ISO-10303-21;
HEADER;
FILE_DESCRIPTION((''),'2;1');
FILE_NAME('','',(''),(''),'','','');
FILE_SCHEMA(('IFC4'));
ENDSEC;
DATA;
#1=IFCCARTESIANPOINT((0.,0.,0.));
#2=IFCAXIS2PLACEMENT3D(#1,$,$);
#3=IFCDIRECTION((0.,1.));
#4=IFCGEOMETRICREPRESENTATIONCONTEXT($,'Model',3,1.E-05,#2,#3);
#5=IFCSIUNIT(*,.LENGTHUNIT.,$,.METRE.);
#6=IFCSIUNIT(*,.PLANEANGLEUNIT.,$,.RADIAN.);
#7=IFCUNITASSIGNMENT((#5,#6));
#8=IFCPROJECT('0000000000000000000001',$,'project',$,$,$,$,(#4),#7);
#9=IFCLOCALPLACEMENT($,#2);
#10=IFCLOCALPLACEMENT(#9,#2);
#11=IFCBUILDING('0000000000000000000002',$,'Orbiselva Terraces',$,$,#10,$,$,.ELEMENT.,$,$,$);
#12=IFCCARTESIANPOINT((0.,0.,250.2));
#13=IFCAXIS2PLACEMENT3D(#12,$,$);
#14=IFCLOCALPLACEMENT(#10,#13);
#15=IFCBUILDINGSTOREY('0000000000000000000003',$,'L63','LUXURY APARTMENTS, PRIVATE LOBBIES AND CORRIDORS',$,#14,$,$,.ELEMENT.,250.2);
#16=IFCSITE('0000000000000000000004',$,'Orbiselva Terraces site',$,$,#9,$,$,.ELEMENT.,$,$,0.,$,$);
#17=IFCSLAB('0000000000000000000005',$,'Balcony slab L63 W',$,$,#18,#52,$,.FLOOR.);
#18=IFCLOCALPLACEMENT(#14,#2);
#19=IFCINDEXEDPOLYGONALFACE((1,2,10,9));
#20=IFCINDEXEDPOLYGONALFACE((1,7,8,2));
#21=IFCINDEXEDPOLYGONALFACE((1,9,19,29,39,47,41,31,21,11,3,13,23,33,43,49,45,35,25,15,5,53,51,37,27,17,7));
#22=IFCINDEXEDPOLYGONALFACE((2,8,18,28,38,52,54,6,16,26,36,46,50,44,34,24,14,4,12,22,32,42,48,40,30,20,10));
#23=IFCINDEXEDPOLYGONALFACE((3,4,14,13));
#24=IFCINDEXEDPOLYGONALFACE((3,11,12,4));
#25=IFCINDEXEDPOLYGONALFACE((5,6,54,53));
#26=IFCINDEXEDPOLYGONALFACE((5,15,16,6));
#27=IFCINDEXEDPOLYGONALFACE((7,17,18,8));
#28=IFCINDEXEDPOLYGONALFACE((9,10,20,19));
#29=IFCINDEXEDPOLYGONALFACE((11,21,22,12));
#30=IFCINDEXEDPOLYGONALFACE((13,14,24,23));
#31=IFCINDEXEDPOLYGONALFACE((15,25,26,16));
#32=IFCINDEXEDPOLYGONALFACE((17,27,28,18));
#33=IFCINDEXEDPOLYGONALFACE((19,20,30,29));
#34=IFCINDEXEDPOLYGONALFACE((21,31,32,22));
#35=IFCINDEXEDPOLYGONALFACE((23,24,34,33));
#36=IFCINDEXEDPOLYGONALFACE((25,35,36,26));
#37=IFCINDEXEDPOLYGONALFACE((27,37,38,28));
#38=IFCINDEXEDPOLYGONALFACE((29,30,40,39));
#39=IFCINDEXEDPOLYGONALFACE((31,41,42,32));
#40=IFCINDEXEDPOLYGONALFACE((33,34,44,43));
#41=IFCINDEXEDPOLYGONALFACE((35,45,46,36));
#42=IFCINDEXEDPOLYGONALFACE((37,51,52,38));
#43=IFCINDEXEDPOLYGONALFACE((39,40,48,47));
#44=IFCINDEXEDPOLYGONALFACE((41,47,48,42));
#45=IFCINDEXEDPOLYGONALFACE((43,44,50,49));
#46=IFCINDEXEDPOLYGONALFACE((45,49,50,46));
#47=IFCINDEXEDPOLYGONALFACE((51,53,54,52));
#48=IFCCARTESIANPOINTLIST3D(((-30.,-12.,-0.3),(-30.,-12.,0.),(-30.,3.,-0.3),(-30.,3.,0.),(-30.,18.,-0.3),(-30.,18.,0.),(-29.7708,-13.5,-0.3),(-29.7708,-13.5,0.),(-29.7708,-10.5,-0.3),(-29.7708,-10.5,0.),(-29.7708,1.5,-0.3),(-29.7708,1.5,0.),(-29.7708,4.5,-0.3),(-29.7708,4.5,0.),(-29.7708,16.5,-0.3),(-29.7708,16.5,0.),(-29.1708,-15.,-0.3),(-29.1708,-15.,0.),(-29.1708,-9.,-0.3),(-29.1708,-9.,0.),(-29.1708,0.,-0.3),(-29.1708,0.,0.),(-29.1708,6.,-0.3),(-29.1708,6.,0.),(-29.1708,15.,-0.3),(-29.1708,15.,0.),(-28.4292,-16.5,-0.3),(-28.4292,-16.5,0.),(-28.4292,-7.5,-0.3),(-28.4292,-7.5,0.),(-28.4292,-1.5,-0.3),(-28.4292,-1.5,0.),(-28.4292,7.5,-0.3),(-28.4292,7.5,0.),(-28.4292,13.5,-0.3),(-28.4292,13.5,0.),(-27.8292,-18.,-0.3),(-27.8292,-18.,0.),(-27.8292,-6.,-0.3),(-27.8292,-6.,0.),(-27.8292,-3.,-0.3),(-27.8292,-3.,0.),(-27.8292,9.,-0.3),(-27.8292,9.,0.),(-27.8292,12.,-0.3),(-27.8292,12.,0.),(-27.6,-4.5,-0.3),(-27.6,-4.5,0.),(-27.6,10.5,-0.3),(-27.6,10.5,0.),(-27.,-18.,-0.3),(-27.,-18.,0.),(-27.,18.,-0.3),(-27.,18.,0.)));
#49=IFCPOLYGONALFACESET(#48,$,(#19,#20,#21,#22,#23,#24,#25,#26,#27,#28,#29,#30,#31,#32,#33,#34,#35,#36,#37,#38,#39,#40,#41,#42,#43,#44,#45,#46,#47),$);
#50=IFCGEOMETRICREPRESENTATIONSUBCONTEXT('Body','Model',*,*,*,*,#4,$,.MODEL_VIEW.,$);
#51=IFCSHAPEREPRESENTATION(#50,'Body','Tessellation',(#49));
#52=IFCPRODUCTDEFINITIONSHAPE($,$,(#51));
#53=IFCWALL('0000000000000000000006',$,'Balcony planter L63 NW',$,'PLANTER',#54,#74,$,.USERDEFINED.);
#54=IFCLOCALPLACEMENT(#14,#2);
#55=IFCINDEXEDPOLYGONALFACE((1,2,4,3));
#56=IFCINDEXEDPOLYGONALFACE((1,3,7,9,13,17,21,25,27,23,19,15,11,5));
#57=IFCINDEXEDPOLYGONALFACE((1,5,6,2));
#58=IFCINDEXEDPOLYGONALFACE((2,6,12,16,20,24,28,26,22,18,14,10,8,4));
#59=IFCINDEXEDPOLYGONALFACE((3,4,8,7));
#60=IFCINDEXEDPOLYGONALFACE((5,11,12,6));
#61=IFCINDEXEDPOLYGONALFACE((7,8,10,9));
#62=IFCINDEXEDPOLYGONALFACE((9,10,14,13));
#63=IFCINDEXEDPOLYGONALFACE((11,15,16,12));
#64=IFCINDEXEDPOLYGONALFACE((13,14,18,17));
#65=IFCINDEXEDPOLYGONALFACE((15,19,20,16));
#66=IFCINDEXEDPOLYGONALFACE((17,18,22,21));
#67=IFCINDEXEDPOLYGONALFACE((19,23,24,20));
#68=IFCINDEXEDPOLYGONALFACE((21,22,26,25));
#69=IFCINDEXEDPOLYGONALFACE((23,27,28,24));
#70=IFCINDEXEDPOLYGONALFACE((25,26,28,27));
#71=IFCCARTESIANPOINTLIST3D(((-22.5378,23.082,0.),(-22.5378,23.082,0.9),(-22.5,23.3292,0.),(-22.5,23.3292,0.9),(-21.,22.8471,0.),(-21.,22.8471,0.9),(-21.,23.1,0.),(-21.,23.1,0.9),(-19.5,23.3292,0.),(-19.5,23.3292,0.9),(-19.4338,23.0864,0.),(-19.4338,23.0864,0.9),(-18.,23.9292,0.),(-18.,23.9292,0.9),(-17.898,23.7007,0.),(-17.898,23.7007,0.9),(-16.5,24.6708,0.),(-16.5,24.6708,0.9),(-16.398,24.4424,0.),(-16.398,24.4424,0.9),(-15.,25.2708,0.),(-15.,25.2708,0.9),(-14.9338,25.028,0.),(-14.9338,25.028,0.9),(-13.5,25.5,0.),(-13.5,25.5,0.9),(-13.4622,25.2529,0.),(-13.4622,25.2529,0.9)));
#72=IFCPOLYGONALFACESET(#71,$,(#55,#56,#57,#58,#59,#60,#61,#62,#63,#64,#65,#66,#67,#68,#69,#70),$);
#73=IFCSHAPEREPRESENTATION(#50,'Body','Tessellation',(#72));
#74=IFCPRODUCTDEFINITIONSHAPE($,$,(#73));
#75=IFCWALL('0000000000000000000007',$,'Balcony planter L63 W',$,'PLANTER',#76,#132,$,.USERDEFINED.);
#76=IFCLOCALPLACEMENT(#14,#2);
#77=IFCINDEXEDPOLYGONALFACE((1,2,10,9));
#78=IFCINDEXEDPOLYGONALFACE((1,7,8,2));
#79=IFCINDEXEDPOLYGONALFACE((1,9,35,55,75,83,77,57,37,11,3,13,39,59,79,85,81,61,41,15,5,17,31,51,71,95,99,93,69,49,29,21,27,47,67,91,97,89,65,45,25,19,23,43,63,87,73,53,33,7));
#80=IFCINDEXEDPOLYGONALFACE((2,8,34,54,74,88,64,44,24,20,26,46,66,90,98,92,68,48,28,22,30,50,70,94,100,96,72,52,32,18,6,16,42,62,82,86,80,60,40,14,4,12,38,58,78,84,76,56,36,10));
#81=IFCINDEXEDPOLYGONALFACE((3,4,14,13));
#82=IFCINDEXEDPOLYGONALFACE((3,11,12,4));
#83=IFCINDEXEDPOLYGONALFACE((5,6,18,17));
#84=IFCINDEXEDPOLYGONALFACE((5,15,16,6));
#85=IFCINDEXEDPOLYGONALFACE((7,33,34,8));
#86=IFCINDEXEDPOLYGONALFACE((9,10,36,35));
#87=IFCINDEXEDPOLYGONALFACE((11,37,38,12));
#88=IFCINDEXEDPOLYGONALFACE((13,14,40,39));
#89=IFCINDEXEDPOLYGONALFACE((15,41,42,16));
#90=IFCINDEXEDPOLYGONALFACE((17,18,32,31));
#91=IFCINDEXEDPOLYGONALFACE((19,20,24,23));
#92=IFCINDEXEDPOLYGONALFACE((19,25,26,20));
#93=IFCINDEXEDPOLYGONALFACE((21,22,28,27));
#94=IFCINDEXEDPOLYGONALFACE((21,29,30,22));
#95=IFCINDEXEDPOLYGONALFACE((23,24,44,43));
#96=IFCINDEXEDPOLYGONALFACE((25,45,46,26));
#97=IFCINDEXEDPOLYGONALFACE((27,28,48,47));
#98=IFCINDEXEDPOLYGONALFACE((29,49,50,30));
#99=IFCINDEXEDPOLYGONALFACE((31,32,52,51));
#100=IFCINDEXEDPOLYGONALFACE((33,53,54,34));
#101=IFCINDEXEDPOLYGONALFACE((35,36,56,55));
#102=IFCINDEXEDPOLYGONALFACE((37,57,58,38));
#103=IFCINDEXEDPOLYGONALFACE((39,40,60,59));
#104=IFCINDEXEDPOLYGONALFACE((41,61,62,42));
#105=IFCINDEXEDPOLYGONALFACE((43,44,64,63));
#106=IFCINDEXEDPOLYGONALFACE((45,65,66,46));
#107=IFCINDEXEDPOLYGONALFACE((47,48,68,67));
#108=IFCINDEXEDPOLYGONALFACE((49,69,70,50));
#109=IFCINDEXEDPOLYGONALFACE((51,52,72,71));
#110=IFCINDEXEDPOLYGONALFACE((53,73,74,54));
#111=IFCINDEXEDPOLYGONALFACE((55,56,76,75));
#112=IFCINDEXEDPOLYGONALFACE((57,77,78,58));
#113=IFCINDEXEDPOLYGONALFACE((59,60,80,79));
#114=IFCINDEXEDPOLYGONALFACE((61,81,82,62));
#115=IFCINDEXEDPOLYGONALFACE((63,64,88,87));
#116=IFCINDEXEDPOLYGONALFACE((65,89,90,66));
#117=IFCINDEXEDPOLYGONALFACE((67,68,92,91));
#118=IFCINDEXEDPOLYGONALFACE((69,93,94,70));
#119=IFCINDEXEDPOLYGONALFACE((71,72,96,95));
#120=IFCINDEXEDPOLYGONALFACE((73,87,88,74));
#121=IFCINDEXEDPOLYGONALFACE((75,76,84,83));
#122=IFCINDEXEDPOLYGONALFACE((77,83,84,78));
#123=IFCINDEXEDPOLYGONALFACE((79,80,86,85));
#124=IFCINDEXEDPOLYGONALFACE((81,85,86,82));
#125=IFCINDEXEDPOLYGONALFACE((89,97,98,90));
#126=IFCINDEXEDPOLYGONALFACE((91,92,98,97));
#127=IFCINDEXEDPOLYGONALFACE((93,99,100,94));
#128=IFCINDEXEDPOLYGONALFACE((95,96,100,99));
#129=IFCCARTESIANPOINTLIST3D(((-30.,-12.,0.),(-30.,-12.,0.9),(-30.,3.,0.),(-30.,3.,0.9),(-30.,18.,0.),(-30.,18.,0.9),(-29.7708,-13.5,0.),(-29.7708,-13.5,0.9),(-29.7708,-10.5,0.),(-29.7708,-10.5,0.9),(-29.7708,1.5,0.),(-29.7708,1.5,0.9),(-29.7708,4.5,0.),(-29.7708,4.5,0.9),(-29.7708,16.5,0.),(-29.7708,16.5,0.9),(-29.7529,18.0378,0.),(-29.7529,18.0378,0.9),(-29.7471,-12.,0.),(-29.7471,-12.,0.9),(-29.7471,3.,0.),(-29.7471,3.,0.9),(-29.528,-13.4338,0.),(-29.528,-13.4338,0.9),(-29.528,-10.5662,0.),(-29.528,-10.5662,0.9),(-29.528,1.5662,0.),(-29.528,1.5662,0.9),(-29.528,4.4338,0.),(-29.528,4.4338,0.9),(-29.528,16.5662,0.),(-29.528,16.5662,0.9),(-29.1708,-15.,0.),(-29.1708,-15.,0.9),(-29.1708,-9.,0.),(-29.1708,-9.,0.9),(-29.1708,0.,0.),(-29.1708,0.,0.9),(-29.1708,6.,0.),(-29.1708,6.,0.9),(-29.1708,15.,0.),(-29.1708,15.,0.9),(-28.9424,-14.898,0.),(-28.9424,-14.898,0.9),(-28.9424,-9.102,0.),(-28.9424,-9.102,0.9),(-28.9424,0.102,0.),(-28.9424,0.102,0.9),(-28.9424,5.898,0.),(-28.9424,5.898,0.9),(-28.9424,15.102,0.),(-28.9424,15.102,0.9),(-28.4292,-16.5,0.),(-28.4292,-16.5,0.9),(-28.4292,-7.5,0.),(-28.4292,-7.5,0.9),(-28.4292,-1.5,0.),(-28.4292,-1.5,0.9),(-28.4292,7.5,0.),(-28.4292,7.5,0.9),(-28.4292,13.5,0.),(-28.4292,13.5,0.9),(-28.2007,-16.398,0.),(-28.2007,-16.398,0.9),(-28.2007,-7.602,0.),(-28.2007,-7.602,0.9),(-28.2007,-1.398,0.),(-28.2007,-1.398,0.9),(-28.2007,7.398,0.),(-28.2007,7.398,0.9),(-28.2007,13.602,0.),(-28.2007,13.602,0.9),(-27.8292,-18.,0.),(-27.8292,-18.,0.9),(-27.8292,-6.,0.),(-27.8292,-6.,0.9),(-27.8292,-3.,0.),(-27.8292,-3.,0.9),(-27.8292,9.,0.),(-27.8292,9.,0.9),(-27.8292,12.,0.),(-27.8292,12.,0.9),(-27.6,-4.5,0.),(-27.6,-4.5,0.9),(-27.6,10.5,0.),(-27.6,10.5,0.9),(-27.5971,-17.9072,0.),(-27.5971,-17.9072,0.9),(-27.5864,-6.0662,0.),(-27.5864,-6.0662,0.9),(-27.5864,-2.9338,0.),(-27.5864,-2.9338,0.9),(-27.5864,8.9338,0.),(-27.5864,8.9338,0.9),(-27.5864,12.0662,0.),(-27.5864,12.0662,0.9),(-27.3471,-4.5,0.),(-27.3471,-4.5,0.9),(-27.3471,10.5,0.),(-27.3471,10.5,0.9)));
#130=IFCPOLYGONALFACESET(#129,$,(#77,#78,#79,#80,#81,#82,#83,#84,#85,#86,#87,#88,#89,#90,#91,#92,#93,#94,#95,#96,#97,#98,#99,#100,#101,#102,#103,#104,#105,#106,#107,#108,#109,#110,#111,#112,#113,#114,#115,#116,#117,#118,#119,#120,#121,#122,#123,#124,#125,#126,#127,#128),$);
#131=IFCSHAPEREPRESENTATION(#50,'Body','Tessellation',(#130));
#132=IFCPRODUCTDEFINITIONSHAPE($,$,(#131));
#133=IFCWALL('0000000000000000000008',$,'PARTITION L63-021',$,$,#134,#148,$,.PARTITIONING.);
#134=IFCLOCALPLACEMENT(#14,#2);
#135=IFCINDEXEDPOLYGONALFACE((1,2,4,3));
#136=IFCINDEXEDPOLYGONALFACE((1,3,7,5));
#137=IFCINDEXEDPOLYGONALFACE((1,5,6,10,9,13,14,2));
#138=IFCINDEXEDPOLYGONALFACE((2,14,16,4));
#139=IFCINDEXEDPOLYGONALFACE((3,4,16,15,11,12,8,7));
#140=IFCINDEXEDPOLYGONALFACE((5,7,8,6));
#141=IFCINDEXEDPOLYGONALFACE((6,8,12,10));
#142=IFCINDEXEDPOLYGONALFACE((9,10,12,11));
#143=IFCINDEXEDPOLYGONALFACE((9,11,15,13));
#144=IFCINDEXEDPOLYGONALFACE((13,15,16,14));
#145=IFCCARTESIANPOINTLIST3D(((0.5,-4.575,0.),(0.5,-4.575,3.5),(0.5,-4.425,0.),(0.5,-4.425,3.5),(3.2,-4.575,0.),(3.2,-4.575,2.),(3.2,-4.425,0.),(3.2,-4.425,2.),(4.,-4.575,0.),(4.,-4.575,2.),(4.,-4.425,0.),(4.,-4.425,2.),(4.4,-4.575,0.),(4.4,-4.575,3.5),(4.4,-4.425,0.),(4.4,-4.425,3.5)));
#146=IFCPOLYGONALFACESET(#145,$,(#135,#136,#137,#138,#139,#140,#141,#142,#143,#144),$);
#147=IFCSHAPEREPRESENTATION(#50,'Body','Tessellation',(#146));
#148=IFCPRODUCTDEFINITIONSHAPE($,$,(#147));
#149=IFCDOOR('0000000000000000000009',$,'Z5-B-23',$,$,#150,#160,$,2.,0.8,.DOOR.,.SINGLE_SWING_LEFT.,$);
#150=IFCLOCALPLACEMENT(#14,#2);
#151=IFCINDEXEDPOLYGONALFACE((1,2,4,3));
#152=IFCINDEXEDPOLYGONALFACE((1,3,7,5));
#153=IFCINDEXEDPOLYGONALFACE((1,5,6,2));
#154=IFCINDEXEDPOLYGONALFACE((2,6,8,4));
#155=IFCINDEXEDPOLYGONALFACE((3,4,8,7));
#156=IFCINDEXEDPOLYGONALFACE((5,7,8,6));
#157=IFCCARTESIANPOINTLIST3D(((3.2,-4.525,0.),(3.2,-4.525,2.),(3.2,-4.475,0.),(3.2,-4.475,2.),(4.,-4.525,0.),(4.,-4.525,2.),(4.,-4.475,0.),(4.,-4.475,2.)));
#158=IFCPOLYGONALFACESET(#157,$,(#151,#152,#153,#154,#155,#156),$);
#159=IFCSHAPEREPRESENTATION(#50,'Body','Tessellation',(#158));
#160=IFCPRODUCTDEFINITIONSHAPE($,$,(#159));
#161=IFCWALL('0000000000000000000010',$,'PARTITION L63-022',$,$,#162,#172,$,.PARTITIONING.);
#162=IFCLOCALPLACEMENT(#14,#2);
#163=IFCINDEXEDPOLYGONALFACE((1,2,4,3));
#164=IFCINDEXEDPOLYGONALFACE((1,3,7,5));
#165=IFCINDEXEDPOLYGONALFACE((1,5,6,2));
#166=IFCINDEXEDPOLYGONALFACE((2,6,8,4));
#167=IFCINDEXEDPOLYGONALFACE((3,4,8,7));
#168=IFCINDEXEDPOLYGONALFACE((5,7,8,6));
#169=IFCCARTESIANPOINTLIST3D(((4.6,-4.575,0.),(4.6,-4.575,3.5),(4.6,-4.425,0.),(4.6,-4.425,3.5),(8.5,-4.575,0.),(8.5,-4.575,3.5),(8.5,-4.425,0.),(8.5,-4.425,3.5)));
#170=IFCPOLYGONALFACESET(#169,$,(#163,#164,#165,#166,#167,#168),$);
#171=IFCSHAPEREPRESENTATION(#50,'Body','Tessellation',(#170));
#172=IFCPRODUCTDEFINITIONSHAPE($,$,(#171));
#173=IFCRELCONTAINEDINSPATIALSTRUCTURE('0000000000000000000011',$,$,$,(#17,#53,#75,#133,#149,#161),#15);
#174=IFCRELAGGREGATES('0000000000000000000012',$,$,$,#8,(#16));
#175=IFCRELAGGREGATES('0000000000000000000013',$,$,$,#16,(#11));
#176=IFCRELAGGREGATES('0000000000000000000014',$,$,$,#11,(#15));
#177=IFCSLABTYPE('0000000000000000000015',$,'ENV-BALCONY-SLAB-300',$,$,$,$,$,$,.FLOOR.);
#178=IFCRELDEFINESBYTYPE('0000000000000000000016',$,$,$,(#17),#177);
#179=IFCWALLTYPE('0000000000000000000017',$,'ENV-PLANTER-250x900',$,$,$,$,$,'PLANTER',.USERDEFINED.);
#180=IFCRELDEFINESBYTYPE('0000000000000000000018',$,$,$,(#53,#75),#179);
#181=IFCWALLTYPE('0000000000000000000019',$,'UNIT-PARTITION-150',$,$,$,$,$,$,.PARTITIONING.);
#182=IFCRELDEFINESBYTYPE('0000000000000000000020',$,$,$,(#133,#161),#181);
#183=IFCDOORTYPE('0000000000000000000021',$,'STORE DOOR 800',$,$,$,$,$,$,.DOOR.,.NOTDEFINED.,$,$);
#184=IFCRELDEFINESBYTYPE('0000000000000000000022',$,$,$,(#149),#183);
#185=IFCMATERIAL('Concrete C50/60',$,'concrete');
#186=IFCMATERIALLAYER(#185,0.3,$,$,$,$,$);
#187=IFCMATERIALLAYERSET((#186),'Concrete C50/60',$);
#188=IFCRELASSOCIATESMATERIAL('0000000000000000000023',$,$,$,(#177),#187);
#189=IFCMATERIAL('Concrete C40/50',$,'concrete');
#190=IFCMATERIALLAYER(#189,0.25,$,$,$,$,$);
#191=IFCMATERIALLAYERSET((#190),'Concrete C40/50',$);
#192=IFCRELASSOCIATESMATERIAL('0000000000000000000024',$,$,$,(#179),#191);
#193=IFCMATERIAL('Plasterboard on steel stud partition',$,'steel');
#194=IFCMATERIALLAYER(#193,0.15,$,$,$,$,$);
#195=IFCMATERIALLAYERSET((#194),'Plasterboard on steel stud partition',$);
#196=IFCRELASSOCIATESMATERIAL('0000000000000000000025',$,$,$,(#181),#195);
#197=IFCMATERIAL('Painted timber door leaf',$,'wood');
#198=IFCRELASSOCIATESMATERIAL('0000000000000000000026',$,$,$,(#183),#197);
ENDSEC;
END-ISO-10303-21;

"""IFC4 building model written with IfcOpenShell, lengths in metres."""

from ifc_helpers import new_model, si_unit, direction, frame, frame_2d, origin, place, context, subcontext, project, spatial, polyline, rectangle, outline, extrude, material, layer, layer_set, type_object, element, fill, save


model = new_model("IFC4")

# Units and contexts
model_context = context("Model", 3, precision=1e-05, world=origin(), true_north=direction((0.0, 1.0)))
body_context = subcontext(model_context, "Body", "Model", "MODEL_VIEW")
ifc_project = project(units=[si_unit("LENGTHUNIT", "METRE"), si_unit("PLANEANGLEUNIT", "RADIAN")], contexts=[model_context])

# Site, building, storey
site_placement = place(None, origin())
site = spatial("IfcSite", under=ifc_project, at=site_placement, Name="Orbiselva Terraces site", CompositionType="ELEMENT", RefElevation=0.0)
building_placement = place(site_placement, origin())
building = spatial("IfcBuilding", under=site, at=building_placement, Name="Orbiselva Terraces", CompositionType="ELEMENT")
storey_placement = place(building_placement, frame((0.0, 0.0, 250.2)))
storey = spatial("IfcBuildingStorey", under=building, at=storey_placement, Name="L63", Description="LUXURY APARTMENTS, PRIVATE LOBBIES AND CORRIDORS", CompositionType="ELEMENT", Elevation=250.2)

# Shared definitions
ifc_material_1 = material(Name="Concrete C50/60", Category="concrete")

# Shared definitions
ifc_material_2 = material(Name="Concrete C40/50", Category="concrete")

# Slab
ifc_layer_1 = layer(ifc_material_1, 0.3)
ifc_layer_set_1 = layer_set([ifc_layer_1], Name="Concrete C50/60")
slab_type_1 = type_object("IfcSlabType", Name="ENV-BALCONY-SLAB-300", PredefinedType="FLOOR", material=ifc_layer_set_1)
slab_1_placement = place(storey_placement, frame((0.0, 0.0, -0.3)))
element("IfcSlab", 1, at=slab_1_placement, inside=storey, type_object=slab_type_1, Name="Balcony slab L63 W", PredefinedType="FLOOR", context=body_context, shape_type="SweptSolid", body=[
    extrude(outline(polyline([(-30.0, 18.0), (-29.7708, 16.5), (-29.1708, 15.0), (-28.4292, 13.5), (-27.8292, 12.0), (-27.6, 10.5), (-27.8292, 9.0), (-28.4292, 7.5), (-29.1708, 6.0), (-29.7708, 4.5), (-30.0, 3.0), (-29.7708, 1.5), (-29.1708, 0.0), (-28.4292, -1.5), (-27.8292, -3.0), (-27.6, -4.5), (-27.8292, -6.0), (-28.4292, -7.5), (-29.1708, -9.0), (-29.7708, -10.5), (-30.0, -12.0), (-29.7708, -13.5), (-29.1708, -15.0), (-28.4292, -16.5), (-27.8292, -18.0), (-27.0, -18.0), (-27.0, 18.0), (-30.0, 18.0)])), origin(), (0.0, 0.0, 1.0), 0.3),
])

# Walls
ifc_layer_2 = layer(ifc_material_2, 0.25)
ifc_layer_set_2 = layer_set([ifc_layer_2], Name="Concrete C40/50")
wall_type_1 = type_object("IfcWallType", Name="ENV-PLANTER-250x900", ElementType="PLANTER", PredefinedType="USERDEFINED", material=ifc_layer_set_2)
wall_1_placement = place(storey_placement, origin())
element("IfcWall", 2, at=wall_1_placement, inside=storey, type_object=wall_type_1, Name="Balcony planter L63 NW", ObjectType="PLANTER", PredefinedType="USERDEFINED", context=body_context, shape_type="SweptSolid", body=[
    extrude(outline(polyline([(-13.5, 25.5), (-15.0, 25.2708), (-16.5, 24.6708), (-18.0, 23.9292), (-19.5, 23.3292), (-21.0, 23.1), (-22.5, 23.3292), (-22.5378, 23.082), (-21.0, 22.8471), (-19.4338, 23.0864), (-17.898, 23.7007), (-16.398, 24.4424), (-14.9338, 25.028), (-13.4622, 25.2529), (-13.5, 25.5)])), origin(), (0.0, 0.0, 1.0), 0.9),
])
wall_2_placement = place(storey_placement, origin())
element("IfcWall", 3, at=wall_2_placement, inside=storey, type_object=wall_type_1, Name="Balcony planter L63 W", ObjectType="PLANTER", PredefinedType="USERDEFINED", context=body_context, shape_type="SweptSolid", body=[
    extrude(outline(polyline([(-30.0, 18.0), (-29.7708, 16.5), (-29.1708, 15.0), (-28.4292, 13.5), (-27.8292, 12.0), (-27.6, 10.5), (-27.8292, 9.0), (-28.4292, 7.5), (-29.1708, 6.0), (-29.7708, 4.5), (-30.0, 3.0), (-29.7708, 1.5), (-29.1708, 0.0), (-28.4292, -1.5), (-27.8292, -3.0), (-27.6, -4.5), (-27.8292, -6.0), (-28.4292, -7.5), (-29.1708, -9.0), (-29.7708, -10.5), (-30.0, -12.0), (-29.7708, -13.5), (-29.1708, -15.0), (-28.4292, -16.5), (-27.8292, -18.0), (-27.5971, -17.9072), (-28.2007, -16.398), (-28.9424, -14.898), (-29.528, -13.4338), (-29.7471, -12.0), (-29.528, -10.5662), (-28.9424, -9.102), (-28.2007, -7.602), (-27.5864, -6.0662), (-27.3471, -4.5), (-27.5864, -2.9338), (-28.2007, -1.398), (-28.9424, 0.102), (-29.528, 1.5662), (-29.7471, 3.0), (-29.528, 4.4338), (-28.9424, 5.898), (-28.2007, 7.398), (-27.5864, 8.9338), (-27.3471, 10.5), (-27.5864, 12.0662), (-28.2007, 13.602), (-28.9424, 15.102), (-29.528, 16.5662), (-29.7529, 18.0378), (-30.0, 18.0)])), origin(), (0.0, 0.0, 1.0), 0.9),
])

# Wall, opening, door
ifc_material_3 = material(Name="Plasterboard on steel stud partition", Category="steel")
ifc_layer_3 = layer(ifc_material_3, 0.15)
ifc_layer_set_3 = layer_set([ifc_layer_3], Name="Plasterboard on steel stud partition")
wall_type_2 = type_object("IfcWallType", Name="UNIT-PARTITION-150", PredefinedType="PARTITIONING", material=ifc_layer_set_3)
wall_3_placement = place(storey_placement, frame((4.4, -4.5, 0.0), z_axis=(0.0, 0.0, 1.0), x_axis=(-1.0, 0.0, 0.0)))
wall_3 = element("IfcWall", 4, at=wall_3_placement, inside=storey, type_object=wall_type_2, Name="PARTITION L63-021", PredefinedType="PARTITIONING", context=body_context, shape_type="SweptSolid", body=[
    extrude(rectangle(XDim=3.9, YDim=0.15, at=frame_2d((1.95, 0.0))), origin(), (0.0, 0.0, 1.0), 3.5),
])
opening_placement = place(wall_3_placement, frame((0.4, 0.0, 0.0)))
opening = element("IfcOpeningElement", 5, at=opening_placement, cuts=wall_3, PredefinedType="OPENING", context=body_context, shape_type="SweptSolid", body=[
    extrude(rectangle(XDim=0.8, YDim=2.0, at=frame_2d((0.4, 1.0))), frame((0.0, 0.085, 0.0), z_axis=(0.0, -1.0, 0.0), x_axis=(1.0, 0.0, 0.0)), (0.0, 0.0, 1.0), 0.17),
])
ifc_material_4 = material(Name="Painted timber door leaf", Category="wood")
door_type = type_object("IfcDoorType", Name="STORE DOOR 800", OperationType="NOTDEFINED", PredefinedType="DOOR", material=ifc_material_4)
door_placement = place(opening_placement, origin())
door = element("IfcDoor", 6, at=door_placement, inside=storey, type_object=door_type, Name="Z5-B-23", OperationType="SINGLE_SWING_LEFT", OverallHeight=2.0, OverallWidth=0.8, PredefinedType="DOOR", context=body_context, shape_type="SweptSolid", body=[
    extrude(rectangle(XDim=0.8, YDim=2.0, at=frame_2d((0.4, 1.0))), frame((0.0, 0.025, 0.0), z_axis=(0.0, -1.0, 0.0), x_axis=(1.0, 0.0, 0.0)), (0.0, 0.0, 1.0), 0.05),
])
fill(opening, door)

# Wall
wall_4_placement = place(storey_placement, frame((4.6, -4.5, 0.0), z_axis=(0.0, 0.0, 1.0), x_axis=(1.0, 0.0, 0.0)))
element("IfcWall", 7, at=wall_4_placement, inside=storey, type_object=wall_type_2, Name="PARTITION L63-022", PredefinedType="PARTITIONING", context=body_context, shape_type="SweptSolid", body=[
    extrude(rectangle(XDim=3.9, YDim=0.15, at=frame_2d((1.95, 0.0))), origin(), (0.0, 0.0, 1.0), 3.5),
])

save(model, "model.ifc")
